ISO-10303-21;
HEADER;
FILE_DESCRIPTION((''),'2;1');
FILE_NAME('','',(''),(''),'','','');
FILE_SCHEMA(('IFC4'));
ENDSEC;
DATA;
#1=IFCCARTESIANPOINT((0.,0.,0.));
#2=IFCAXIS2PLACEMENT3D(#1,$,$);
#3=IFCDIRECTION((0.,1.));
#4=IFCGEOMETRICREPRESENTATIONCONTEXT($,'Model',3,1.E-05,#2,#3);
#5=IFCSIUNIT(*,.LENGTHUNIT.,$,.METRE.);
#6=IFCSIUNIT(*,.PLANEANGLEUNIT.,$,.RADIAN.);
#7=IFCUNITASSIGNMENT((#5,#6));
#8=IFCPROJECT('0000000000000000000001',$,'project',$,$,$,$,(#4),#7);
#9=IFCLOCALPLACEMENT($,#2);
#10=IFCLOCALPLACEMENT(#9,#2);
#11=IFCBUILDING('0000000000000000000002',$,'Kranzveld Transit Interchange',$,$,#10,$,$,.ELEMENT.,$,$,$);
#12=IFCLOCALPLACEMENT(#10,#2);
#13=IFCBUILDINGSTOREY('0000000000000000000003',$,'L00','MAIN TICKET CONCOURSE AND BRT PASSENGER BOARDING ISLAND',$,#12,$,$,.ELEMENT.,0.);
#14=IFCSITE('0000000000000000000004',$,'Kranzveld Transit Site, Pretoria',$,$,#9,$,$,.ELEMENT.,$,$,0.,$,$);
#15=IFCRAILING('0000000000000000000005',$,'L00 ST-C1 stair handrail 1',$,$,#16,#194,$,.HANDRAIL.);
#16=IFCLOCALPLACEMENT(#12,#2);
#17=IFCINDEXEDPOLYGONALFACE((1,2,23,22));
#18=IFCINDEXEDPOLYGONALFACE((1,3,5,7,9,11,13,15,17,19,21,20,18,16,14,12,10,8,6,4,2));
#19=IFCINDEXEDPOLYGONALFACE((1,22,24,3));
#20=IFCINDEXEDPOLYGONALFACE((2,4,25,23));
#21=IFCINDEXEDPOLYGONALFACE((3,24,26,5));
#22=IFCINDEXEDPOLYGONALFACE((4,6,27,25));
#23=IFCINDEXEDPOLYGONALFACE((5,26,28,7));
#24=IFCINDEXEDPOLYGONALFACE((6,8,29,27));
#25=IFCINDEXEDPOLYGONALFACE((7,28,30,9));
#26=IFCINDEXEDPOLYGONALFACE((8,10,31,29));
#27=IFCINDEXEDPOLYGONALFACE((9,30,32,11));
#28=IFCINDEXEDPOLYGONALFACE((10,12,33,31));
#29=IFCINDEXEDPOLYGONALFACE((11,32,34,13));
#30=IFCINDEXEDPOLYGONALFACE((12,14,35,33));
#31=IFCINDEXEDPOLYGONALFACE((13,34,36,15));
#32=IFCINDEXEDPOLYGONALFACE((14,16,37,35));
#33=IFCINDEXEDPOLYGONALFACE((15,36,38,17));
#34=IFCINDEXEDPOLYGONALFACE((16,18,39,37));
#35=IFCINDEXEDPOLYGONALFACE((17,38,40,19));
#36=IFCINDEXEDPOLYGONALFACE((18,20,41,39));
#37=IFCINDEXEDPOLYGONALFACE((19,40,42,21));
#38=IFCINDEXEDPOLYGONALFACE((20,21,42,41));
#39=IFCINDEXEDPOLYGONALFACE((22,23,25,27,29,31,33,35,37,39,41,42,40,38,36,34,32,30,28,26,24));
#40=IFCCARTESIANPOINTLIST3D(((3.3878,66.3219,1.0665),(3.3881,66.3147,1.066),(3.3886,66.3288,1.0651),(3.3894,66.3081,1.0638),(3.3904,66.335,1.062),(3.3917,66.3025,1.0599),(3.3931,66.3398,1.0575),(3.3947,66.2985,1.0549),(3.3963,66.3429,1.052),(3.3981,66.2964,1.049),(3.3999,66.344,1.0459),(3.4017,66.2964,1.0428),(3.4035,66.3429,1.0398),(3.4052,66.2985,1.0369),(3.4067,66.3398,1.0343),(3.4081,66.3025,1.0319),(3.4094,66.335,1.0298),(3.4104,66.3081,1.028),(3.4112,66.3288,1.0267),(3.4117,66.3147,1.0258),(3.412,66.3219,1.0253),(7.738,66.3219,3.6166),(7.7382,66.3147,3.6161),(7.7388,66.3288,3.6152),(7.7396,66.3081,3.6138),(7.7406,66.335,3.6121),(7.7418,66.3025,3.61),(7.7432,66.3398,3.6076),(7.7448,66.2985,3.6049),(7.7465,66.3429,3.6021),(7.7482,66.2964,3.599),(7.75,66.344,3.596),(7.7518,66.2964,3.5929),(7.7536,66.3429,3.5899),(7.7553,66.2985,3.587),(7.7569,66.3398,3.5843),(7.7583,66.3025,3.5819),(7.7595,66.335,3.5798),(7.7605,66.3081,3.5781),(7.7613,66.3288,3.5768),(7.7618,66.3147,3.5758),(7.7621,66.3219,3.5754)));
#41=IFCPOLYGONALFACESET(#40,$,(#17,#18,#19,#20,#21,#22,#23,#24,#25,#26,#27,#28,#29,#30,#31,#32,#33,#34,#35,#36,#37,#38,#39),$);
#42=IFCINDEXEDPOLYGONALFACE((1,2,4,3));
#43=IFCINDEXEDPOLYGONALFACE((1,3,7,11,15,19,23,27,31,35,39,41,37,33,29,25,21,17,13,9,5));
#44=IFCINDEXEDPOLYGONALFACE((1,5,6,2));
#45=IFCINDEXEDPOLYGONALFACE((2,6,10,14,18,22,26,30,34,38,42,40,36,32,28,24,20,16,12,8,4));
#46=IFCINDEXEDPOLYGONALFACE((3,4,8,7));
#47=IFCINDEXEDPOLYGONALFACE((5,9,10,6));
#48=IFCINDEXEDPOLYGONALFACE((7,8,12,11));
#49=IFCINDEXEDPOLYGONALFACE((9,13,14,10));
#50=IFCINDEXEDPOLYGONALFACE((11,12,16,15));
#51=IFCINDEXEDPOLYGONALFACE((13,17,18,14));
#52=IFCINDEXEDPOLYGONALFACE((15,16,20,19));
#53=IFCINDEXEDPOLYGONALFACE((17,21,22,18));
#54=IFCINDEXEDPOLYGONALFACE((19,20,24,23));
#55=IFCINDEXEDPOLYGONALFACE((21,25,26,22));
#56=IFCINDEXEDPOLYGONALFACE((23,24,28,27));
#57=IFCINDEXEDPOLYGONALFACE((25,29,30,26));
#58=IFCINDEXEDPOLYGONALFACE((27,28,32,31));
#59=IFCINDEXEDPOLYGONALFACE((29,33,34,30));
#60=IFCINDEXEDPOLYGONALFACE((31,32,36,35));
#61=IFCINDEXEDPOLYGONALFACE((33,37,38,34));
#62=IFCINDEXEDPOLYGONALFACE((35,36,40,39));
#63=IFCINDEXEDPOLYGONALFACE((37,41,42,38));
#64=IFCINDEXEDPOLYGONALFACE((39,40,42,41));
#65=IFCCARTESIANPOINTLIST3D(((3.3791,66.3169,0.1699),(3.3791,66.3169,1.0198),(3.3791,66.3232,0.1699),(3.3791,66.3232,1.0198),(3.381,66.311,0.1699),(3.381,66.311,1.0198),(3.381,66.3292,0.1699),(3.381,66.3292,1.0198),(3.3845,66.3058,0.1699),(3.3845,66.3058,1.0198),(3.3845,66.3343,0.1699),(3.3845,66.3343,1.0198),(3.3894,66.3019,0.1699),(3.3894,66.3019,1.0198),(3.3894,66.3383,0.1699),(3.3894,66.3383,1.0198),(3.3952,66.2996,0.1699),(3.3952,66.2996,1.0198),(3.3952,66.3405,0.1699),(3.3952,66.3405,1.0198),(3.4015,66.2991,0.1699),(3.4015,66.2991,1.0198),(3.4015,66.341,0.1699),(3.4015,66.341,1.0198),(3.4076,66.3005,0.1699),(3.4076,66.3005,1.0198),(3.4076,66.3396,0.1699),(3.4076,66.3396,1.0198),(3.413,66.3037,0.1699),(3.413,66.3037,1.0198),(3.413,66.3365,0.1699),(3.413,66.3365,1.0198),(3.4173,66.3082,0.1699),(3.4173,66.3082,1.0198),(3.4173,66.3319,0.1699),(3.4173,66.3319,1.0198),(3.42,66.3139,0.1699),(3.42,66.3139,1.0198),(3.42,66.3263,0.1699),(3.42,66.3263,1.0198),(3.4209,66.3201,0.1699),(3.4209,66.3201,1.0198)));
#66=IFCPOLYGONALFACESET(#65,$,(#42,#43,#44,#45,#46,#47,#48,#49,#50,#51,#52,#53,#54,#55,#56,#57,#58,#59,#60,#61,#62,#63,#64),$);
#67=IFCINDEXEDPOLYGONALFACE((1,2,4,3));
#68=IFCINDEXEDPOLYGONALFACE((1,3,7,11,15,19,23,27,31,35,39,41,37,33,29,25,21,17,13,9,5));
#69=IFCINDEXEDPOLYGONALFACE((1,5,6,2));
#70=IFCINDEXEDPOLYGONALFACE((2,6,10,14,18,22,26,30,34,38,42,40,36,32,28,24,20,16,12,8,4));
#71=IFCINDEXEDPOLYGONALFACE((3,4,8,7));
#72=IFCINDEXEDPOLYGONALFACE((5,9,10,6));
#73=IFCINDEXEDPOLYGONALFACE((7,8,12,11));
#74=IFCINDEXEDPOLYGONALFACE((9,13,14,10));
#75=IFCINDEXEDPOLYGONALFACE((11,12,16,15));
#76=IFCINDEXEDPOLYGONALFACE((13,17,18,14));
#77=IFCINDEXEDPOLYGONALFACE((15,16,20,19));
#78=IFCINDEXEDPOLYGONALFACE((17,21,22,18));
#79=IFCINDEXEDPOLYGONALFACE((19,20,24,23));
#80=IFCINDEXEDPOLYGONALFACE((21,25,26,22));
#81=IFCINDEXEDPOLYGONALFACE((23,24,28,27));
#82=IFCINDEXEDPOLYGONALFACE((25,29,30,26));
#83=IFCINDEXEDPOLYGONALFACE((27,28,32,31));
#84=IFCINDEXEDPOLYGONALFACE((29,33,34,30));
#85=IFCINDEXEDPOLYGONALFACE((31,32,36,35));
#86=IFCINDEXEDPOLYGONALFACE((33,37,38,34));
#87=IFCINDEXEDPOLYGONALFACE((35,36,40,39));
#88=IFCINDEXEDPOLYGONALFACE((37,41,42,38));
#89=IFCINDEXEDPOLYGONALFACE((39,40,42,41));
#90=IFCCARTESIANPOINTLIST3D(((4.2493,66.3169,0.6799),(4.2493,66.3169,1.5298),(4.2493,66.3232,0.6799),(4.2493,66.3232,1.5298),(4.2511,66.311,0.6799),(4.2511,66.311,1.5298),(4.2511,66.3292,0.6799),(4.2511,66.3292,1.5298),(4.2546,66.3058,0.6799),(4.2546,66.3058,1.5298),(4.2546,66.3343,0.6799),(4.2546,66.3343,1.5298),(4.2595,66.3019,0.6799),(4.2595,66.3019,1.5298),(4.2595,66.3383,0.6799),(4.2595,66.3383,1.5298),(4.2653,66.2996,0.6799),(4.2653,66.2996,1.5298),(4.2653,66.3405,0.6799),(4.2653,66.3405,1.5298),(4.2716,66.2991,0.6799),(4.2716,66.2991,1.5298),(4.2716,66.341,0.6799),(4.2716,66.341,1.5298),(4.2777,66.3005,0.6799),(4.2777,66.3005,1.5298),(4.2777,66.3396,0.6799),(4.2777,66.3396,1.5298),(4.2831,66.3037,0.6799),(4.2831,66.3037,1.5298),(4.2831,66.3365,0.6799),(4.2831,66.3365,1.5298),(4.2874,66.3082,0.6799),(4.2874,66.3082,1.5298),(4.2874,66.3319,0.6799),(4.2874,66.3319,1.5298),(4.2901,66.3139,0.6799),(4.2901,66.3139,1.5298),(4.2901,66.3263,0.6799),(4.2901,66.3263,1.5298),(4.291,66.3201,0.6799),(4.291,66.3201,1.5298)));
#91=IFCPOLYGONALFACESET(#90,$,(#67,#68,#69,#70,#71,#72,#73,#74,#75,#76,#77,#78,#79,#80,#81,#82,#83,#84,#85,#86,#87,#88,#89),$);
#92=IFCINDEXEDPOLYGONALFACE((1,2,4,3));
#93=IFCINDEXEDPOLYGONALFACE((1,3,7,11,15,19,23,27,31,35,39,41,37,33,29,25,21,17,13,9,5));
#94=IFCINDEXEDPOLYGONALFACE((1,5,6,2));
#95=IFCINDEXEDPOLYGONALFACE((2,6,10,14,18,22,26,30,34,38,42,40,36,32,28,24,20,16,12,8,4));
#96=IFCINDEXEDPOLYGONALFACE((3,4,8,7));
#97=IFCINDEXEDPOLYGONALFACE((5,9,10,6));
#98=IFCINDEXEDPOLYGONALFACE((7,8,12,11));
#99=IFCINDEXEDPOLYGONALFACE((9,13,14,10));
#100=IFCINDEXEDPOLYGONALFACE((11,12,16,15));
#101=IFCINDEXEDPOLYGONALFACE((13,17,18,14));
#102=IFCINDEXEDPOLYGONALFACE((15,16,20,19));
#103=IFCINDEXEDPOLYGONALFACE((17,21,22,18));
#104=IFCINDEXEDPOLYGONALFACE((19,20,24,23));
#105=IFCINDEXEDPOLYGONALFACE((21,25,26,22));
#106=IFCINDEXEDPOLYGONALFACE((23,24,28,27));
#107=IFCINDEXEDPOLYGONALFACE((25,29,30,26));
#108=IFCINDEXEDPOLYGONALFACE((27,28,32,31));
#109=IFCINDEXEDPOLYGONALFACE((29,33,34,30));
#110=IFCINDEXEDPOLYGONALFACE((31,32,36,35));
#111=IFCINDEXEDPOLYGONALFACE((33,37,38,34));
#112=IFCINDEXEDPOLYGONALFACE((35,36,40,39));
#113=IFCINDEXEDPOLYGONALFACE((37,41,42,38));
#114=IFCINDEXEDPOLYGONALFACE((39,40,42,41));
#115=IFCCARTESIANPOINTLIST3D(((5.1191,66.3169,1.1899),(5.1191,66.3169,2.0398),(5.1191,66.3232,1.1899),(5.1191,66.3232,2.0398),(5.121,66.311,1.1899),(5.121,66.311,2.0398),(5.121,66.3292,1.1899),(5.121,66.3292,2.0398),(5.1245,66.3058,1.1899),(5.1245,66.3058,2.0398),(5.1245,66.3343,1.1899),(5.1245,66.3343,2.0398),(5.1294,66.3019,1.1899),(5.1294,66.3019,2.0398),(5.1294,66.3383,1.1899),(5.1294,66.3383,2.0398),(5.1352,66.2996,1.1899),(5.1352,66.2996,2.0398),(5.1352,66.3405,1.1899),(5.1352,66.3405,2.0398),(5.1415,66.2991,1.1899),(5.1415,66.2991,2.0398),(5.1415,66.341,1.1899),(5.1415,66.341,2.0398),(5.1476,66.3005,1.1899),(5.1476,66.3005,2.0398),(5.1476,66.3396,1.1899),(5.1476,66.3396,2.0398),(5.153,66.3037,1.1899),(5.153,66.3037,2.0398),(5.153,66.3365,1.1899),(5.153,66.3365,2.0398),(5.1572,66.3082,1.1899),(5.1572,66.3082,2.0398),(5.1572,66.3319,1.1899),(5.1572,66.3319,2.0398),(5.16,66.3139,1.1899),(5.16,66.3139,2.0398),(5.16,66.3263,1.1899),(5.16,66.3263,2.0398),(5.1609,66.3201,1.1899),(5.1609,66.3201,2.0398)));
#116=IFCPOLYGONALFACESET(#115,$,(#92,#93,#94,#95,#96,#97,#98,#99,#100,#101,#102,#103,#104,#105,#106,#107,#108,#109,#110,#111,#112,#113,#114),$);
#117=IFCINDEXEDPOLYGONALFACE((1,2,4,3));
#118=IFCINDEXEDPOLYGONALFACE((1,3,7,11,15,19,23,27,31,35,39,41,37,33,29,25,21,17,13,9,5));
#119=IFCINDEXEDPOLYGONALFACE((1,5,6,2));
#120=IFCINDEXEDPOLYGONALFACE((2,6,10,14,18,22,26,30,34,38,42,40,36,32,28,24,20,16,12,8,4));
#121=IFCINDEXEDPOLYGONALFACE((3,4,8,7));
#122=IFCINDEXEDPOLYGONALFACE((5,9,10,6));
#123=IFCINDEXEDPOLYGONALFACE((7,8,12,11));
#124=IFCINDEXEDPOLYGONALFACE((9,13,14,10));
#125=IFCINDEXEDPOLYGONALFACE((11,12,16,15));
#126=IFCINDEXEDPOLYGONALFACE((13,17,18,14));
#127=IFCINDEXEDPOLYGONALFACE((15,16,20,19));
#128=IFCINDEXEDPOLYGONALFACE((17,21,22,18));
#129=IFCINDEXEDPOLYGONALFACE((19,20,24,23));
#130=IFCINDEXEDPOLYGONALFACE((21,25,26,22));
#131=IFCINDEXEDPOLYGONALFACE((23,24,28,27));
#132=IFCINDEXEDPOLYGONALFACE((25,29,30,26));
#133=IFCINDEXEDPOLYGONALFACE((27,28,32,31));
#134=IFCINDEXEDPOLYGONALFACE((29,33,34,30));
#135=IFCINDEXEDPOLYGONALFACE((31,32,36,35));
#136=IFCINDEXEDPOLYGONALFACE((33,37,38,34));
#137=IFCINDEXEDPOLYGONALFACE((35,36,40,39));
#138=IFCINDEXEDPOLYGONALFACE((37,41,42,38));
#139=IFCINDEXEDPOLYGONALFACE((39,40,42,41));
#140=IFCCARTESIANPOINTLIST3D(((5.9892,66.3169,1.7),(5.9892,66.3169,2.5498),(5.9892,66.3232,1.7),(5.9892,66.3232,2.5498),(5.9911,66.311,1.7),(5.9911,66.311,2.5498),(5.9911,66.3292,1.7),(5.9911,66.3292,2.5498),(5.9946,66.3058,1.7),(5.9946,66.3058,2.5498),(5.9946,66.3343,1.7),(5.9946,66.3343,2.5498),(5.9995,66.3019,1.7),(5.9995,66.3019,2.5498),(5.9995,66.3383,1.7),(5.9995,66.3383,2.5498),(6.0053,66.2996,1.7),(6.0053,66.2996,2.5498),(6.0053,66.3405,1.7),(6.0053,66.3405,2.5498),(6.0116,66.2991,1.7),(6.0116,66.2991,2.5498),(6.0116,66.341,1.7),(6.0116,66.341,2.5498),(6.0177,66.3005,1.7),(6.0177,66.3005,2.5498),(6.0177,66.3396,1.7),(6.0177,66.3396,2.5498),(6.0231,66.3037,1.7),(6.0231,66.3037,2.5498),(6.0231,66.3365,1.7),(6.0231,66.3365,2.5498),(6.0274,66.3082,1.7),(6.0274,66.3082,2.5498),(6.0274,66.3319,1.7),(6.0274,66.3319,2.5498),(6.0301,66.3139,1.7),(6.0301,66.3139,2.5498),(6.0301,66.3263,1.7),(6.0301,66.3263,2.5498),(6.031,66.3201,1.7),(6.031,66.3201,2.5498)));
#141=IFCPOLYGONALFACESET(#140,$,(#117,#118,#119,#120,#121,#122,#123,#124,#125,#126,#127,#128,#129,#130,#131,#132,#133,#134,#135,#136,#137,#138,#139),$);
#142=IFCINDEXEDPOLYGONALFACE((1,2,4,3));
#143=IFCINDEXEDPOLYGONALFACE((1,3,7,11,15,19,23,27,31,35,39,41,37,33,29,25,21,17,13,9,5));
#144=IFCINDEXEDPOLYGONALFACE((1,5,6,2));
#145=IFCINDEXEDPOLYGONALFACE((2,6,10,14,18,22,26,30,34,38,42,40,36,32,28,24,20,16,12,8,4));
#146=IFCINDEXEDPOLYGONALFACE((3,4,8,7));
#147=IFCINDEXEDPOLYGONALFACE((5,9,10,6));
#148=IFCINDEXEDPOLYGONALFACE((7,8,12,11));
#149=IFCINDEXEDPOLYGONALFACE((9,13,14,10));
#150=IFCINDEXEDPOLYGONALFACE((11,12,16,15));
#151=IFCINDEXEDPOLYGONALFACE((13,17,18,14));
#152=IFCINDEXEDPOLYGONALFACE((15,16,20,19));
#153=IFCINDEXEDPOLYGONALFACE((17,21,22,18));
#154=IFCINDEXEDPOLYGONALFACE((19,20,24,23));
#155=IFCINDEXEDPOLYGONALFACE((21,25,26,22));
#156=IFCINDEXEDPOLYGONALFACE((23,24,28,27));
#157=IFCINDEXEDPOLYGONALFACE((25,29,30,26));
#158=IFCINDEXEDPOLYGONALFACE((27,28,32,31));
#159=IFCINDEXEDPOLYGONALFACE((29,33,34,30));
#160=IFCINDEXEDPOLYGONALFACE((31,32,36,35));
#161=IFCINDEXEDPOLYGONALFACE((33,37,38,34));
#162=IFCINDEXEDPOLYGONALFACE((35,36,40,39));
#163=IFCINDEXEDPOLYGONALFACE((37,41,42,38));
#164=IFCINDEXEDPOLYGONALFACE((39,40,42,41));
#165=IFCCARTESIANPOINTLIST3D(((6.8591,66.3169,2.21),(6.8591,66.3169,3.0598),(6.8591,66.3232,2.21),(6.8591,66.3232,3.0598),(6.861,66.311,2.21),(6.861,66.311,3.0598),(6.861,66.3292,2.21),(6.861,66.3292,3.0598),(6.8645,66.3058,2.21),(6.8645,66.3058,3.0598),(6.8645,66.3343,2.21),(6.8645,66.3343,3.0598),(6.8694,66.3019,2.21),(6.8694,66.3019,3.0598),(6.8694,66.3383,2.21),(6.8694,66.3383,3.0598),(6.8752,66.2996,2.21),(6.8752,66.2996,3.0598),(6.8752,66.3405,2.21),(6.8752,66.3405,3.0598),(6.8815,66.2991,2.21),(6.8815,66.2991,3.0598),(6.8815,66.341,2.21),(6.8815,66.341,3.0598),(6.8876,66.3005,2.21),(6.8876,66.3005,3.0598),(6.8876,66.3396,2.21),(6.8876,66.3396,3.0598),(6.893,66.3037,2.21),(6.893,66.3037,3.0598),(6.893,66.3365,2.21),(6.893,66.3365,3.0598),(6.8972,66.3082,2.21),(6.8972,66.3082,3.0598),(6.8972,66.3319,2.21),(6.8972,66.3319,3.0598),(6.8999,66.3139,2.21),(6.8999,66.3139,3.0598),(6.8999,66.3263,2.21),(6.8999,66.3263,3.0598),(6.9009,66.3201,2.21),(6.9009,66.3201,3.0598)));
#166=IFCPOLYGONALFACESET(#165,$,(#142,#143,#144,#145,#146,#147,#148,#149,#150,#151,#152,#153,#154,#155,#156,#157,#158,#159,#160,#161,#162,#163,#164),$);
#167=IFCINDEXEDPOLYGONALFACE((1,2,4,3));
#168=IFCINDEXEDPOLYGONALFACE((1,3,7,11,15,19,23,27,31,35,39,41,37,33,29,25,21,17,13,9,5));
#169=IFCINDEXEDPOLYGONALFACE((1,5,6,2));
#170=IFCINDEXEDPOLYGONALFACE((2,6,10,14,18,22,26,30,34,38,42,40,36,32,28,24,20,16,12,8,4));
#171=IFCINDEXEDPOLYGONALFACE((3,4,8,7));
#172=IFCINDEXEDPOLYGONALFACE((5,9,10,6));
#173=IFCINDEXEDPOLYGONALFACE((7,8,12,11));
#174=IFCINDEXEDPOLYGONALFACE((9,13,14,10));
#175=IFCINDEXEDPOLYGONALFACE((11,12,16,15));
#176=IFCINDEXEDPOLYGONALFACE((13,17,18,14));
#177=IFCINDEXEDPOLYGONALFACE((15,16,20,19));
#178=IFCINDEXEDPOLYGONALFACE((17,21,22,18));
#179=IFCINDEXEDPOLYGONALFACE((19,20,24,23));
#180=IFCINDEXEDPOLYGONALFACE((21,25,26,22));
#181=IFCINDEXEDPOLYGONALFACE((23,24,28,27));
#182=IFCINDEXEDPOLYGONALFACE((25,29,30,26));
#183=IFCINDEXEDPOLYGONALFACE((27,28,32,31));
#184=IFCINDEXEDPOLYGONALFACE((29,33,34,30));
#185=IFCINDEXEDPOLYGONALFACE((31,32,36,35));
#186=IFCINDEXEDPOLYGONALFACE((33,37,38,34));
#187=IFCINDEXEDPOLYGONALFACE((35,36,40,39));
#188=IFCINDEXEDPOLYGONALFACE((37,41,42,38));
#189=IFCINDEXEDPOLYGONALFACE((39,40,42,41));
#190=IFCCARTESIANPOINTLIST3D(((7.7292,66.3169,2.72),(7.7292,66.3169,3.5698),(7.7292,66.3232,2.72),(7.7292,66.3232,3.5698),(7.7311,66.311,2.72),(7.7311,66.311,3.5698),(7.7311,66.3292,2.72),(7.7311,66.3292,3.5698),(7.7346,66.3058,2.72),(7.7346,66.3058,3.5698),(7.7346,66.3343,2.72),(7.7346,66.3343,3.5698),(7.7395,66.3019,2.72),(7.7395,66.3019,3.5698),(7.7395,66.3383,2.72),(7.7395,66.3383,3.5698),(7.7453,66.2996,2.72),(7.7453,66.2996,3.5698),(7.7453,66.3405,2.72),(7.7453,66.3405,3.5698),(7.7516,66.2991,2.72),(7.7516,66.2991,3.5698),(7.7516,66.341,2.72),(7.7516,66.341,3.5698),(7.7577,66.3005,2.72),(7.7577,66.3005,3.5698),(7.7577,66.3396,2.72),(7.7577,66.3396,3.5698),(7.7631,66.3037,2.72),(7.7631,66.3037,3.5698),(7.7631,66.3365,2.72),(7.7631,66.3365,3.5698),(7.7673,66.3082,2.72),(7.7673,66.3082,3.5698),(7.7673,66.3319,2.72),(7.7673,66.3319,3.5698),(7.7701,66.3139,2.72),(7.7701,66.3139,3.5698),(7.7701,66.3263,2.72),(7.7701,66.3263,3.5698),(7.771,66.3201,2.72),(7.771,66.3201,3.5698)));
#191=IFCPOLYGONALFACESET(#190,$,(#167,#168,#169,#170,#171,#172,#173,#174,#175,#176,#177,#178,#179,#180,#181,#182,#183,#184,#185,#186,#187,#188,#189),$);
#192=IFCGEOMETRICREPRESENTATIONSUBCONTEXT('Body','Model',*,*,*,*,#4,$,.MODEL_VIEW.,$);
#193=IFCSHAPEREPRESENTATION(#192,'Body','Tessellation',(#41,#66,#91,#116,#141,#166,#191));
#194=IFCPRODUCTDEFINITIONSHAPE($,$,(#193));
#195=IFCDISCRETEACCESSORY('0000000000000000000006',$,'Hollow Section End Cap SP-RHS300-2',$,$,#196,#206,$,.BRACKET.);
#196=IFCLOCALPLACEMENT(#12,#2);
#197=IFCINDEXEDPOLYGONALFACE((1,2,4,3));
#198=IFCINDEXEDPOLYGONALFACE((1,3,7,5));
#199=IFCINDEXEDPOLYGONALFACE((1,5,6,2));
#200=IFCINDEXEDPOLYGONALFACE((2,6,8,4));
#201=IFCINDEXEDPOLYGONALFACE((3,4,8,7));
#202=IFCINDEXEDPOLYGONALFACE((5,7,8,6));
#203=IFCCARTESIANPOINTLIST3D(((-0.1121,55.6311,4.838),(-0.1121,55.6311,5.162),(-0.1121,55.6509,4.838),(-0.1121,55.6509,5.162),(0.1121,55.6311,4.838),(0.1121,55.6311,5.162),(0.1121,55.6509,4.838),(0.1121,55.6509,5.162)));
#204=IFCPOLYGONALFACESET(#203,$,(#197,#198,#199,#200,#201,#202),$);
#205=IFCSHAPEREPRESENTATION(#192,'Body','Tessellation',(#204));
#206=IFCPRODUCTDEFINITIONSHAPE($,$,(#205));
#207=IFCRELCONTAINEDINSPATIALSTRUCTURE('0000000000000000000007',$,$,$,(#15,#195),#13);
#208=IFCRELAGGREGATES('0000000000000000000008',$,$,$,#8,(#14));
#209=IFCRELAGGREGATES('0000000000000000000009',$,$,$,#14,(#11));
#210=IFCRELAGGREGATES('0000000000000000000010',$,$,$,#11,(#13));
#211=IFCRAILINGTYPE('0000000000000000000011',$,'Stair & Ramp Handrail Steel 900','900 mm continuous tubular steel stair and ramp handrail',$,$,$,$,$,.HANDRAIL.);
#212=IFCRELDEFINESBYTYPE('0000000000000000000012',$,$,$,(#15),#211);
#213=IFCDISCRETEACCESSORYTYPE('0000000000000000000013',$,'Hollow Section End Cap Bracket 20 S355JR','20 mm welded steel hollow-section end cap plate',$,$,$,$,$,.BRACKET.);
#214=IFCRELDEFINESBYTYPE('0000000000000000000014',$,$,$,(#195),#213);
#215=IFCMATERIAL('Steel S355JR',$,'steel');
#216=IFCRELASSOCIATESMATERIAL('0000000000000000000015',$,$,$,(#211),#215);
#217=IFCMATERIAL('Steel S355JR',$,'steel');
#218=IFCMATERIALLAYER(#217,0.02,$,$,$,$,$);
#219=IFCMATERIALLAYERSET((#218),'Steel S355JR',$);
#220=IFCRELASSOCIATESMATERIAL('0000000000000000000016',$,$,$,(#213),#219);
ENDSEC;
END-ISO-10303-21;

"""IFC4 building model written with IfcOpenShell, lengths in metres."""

from ifc_helpers import new_model, si_unit, direction, frame, origin, origin_2d, place, context, subcontext, project, spatial, rectangle, circle, extrude, material, layer, layer_set, type_object, element, save


model = new_model("IFC4")

# Units and contexts
model_context = context("Model", 3, precision=1e-05, world=origin(), true_north=direction((0.0, 1.0)))
body_context = subcontext(model_context, "Body", "Model", "MODEL_VIEW")
ifc_project = project(units=[si_unit("LENGTHUNIT", "METRE"), si_unit("PLANEANGLEUNIT", "RADIAN")], contexts=[model_context])

# Site, building, storey
site_placement = place(None, origin())
site = spatial("IfcSite", under=ifc_project, at=site_placement, Name="Kranzveld Transit Site, Pretoria", CompositionType="ELEMENT", RefElevation=0.0)
building_placement = place(site_placement, origin())
building = spatial("IfcBuilding", under=site, at=building_placement, Name="Kranzveld Transit Interchange", CompositionType="ELEMENT")
storey_placement = place(building_placement, origin())
storey = spatial("IfcBuildingStorey", under=building, at=storey_placement, Name="L00", Description="MAIN TICKET CONCOURSE AND BRT PASSENGER BOARDING ISLAND", CompositionType="ELEMENT", Elevation=0.0)

# Railing
ifc_material_1 = material(Name="Steel S355JR", Category="steel")
railing_type = type_object("IfcRailingType", Name="Stair & Ramp Handrail Steel 900", Description="900 mm continuous tubular steel stair and ramp handrail", PredefinedType="HANDRAIL", material=ifc_material_1)
railing_placement = place(storey_placement, frame((3.3999, 66.3201, 0.1699)))
element("IfcRailing", 1, at=railing_placement, inside=storey, type_object=railing_type, Name="L00 ST-C1 stair handrail 1", PredefinedType="HANDRAIL", context=body_context, shape_type="SweptSolid", body=[
    extrude(circle(Radius=0.0239, at=origin_2d()), frame((0.0, 0.0, 0.876), z_axis=(0.862699, 0.0, 0.505718), x_axis=(0.0, 1.0, 0.0)), (0.0, 0.0, 1.0), 5.0425),
    extrude(circle(Radius=0.021, at=origin_2d()), origin(), (0.0, 0.0, 1.0), 0.8499),
    extrude(circle(Radius=0.021, at=origin_2d()), frame((0.8701, 0.0, 0.51)), (0.0, 0.0, 1.0), 0.8499),
    extrude(circle(Radius=0.021, at=origin_2d()), frame((1.74, 0.0, 1.02)), (0.0, 0.0, 1.0), 0.8499),
    extrude(circle(Radius=0.021, at=origin_2d()), frame((2.6101, 0.0, 1.53)), (0.0, 0.0, 1.0), 0.8499),
    extrude(circle(Radius=0.021, at=origin_2d()), frame((3.48, 0.0, 2.04)), (0.0, 0.0, 1.0), 0.8499),
    extrude(circle(Radius=0.021, at=origin_2d()), frame((4.3501, 0.0, 2.55)), (0.0, 0.0, 1.0), 0.8499),
])

# Discrete accessory
ifc_material_2 = material(Name="Steel S355JR", Category="steel")
ifc_layer_1 = layer(ifc_material_2, 0.02)
ifc_layer_set_1 = layer_set([ifc_layer_1], Name="Steel S355JR")
discrete_accessory_type = type_object("IfcDiscreteAccessoryType", Name="Hollow Section End Cap Bracket 20 S355JR", Description="20 mm welded steel hollow-section end cap plate", PredefinedType="BRACKET", material=ifc_layer_set_1)
for number, where, z_axis, x_axis, name in (
    (2, (0.0, 55.6311, 5.0), (0.0, 1.0, 0.0), (-1.0, 0.0, 0.0), "Hollow Section End Cap SP-RHS300-2"),
):
    element("IfcDiscreteAccessory", number, at=place(storey_placement, frame(where, z_axis=z_axis, x_axis=x_axis)), inside=storey, type_object=discrete_accessory_type, Name=name, PredefinedType="BRACKET", context=body_context, shape_type="SweptSolid", body=[
        extrude(rectangle(XDim=0.2241, YDim=0.324, at=origin_2d()), origin(), (0.0, 0.0, 1.0), 0.0198),
    ])

save(model, "model.ifc")
